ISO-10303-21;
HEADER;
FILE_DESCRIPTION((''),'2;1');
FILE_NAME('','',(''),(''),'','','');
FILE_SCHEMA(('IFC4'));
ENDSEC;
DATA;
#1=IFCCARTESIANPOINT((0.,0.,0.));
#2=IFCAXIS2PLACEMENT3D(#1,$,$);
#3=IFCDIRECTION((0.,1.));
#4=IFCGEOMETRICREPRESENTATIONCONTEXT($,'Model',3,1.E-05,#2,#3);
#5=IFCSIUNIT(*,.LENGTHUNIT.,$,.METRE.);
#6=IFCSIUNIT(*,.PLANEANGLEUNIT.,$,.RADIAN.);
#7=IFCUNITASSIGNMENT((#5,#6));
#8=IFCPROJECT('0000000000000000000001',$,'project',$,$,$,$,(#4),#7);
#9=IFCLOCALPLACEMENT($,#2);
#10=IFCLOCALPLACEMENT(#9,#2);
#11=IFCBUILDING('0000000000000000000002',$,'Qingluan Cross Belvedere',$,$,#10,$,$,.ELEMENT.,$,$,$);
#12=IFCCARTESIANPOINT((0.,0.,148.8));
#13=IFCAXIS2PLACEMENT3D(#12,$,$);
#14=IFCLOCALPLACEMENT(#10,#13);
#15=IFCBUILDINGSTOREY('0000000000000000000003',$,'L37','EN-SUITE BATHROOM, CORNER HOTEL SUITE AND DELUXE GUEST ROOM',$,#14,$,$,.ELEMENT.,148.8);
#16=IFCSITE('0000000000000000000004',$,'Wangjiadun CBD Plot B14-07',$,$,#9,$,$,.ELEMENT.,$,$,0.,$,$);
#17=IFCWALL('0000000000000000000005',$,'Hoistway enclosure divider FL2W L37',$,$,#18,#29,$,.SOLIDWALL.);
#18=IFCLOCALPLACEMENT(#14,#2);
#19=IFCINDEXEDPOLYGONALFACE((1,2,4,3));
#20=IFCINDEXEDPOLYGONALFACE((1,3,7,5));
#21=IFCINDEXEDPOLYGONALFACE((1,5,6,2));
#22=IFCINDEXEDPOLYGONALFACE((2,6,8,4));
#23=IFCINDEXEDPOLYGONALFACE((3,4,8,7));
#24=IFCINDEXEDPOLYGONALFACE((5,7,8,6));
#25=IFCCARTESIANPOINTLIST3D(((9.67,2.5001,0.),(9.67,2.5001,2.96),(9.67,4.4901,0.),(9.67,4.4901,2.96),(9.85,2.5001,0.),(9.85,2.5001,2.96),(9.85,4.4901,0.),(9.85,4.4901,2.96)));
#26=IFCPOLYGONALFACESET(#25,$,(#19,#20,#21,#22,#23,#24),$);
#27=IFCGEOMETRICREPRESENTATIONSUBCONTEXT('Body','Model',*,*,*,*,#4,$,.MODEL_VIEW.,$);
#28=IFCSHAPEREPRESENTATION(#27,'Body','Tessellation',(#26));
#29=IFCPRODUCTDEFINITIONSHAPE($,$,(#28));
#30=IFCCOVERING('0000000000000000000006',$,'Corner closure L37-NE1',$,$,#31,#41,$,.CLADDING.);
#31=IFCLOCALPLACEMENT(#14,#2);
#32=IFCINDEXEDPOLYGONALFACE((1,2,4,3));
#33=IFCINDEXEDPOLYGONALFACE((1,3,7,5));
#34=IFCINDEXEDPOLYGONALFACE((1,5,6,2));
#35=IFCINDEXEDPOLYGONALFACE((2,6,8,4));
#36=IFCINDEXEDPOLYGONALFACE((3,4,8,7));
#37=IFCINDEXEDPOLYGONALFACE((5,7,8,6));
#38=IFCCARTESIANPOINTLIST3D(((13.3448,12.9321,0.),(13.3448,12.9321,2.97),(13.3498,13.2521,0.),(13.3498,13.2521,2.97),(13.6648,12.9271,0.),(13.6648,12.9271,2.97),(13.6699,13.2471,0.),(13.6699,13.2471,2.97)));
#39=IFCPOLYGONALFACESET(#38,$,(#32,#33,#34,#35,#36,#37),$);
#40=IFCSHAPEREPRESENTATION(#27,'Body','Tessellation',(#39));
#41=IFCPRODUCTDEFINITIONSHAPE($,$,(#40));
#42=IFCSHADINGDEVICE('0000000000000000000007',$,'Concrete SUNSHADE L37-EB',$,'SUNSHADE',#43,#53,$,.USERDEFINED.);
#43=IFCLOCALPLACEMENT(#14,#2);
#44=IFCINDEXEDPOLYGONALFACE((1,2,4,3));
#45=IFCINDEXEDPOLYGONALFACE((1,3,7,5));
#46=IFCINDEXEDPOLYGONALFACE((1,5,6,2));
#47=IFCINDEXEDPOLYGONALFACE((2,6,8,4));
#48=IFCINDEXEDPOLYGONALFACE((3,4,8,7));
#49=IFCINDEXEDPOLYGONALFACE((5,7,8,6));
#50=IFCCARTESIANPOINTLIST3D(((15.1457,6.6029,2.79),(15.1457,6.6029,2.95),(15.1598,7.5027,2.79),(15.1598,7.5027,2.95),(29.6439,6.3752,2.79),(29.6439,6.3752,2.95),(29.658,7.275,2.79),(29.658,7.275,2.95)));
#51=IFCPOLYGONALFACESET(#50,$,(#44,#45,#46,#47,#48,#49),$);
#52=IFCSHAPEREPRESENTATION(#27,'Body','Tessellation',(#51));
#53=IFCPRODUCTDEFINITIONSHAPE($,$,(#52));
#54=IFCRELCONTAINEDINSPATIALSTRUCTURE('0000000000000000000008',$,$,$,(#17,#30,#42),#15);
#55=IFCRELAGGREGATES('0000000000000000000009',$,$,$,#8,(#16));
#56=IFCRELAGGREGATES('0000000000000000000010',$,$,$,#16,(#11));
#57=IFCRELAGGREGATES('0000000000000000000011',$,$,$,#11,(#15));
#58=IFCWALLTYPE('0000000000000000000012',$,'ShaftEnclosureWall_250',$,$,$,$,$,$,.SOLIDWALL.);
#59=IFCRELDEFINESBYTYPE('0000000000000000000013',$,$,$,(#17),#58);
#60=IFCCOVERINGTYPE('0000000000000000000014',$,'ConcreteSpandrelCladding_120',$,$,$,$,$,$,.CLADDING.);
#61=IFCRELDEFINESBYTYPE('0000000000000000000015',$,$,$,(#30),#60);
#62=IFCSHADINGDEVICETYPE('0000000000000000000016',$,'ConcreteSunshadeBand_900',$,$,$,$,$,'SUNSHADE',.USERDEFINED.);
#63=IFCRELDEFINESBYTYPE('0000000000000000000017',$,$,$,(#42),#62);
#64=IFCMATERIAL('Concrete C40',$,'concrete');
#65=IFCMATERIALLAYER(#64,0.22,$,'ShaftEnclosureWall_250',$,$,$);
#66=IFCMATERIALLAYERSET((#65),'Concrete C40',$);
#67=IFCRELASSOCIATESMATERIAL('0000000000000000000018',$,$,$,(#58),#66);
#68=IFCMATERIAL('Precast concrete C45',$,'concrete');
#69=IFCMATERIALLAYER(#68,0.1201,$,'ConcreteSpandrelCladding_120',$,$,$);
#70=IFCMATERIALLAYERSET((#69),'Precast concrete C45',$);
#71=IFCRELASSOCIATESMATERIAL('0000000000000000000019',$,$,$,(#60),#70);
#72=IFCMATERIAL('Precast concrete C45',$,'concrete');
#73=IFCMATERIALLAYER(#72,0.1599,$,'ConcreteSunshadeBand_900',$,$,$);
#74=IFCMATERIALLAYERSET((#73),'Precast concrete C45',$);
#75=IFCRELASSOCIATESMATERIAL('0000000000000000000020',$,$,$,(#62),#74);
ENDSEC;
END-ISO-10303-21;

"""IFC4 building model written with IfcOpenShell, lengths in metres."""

from ifc_helpers import new_model, si_unit, direction, frame, frame_2d, origin, origin_2d, place, context, subcontext, project, spatial, rectangle, extrude, material, layer, layer_set, type_object, element, save


model = new_model("IFC4")

# Units and contexts
model_context = context("Model", 3, precision=1e-05, world=origin(), true_north=direction((0.0, 1.0)))
body_context = subcontext(model_context, "Body", "Model", "MODEL_VIEW")
ifc_project = project(units=[si_unit("LENGTHUNIT", "METRE"), si_unit("PLANEANGLEUNIT", "RADIAN")], contexts=[model_context])

# Site, building, storey
site_placement = place(None, origin())
site = spatial("IfcSite", under=ifc_project, at=site_placement, Name="Wangjiadun CBD Plot B14-07", CompositionType="ELEMENT", RefElevation=0.0)
building_placement = place(site_placement, origin())
building = spatial("IfcBuilding", under=site, at=building_placement, Name="Qingluan Cross Belvedere", CompositionType="ELEMENT")
storey_placement = place(building_placement, frame((0.0, 0.0, 148.8)))
storey = spatial("IfcBuildingStorey", under=building, at=storey_placement, Name="L37", Description="EN-SUITE BATHROOM, CORNER HOTEL SUITE AND DELUXE GUEST ROOM", CompositionType="ELEMENT", Elevation=148.8)

# Wall
ifc_material_1 = material(Name="Concrete C40", Category="concrete")
ifc_layer_1 = layer(ifc_material_1, 0.22, Name="ShaftEnclosureWall_250")
ifc_layer_set_1 = layer_set([ifc_layer_1], Name="Concrete C40")
wall_type_1 = type_object("IfcWallType", Name="ShaftEnclosureWall_250", PredefinedType="SOLIDWALL", material=ifc_layer_set_1)
wall_1_placement = place(storey_placement, frame((9.76, 2.5, 0.0), z_axis=(0.0, 0.0, 1.0), x_axis=(0.0, 1.0, 0.0)))
element("IfcWall", 1, at=wall_1_placement, inside=storey, type_object=wall_type_1, Name="Hoistway enclosure divider FL2W L37", PredefinedType="SOLIDWALL", context=body_context, shape_type="SweptSolid", body=[
    extrude(rectangle(XDim=1.99, YDim=0.1799, at=frame_2d((0.9951, 0.0))), origin(), (0.0, 0.0, 1.0), 2.96),
])

# Covering
ifc_material_2 = material(Name="Precast concrete C45", Category="concrete")
ifc_layer_2 = layer(ifc_material_2, 0.1201, Name="ConcreteSpandrelCladding_120")
ifc_layer_set_2 = layer_set([ifc_layer_2], Name="Precast concrete C45")
covering_type = type_object("IfcCoveringType", Name="ConcreteSpandrelCladding_120", PredefinedType="CLADDING", material=ifc_layer_set_2)
covering_placement = place(storey_placement, frame((13.5073, 13.0896, 0.0), z_axis=(0.0, 0.0, 1.0), x_axis=(0.999877, -0.015707, 0.0)))
element("IfcCovering", 2, at=covering_placement, inside=storey, type_object=covering_type, Name="Corner closure L37-NE1", PredefinedType="CLADDING", context=body_context, shape_type="SweptSolid", body=[
    extrude(rectangle(XDim=0.3201, YDim=0.3201, at=origin_2d()), origin(), (0.0, 0.0, 1.0), 2.97),
])

# Shading device
ifc_material_3 = material(Name="Precast concrete C45", Category="concrete")
ifc_layer_3 = layer(ifc_material_3, 0.1599, Name="ConcreteSunshadeBand_900")
ifc_layer_set_3 = layer_set([ifc_layer_3], Name="Precast concrete C45")
shading_device_type = type_object("IfcShadingDeviceType", Name="ConcreteSunshadeBand_900", ElementType="SUNSHADE", PredefinedType="USERDEFINED", material=ifc_layer_set_3)
shading_device_placement = place(storey_placement, frame((22.4019, 6.939, 2.79), z_axis=(0.0, 0.0, 1.0), x_axis=(-0.999877, 0.015707, 0.0)))
element("IfcShadingDevice", 3, at=shading_device_placement, inside=storey, type_object=shading_device_type, Name="Concrete SUNSHADE L37-EB", ObjectType="SUNSHADE", PredefinedType="USERDEFINED", context=body_context, shape_type="SweptSolid", body=[
    extrude(rectangle(XDim=14.5, YDim=0.8999, at=origin_2d()), origin(), (0.0, 0.0, 1.0), 0.1599),
])

save(model, "model.ifc")
